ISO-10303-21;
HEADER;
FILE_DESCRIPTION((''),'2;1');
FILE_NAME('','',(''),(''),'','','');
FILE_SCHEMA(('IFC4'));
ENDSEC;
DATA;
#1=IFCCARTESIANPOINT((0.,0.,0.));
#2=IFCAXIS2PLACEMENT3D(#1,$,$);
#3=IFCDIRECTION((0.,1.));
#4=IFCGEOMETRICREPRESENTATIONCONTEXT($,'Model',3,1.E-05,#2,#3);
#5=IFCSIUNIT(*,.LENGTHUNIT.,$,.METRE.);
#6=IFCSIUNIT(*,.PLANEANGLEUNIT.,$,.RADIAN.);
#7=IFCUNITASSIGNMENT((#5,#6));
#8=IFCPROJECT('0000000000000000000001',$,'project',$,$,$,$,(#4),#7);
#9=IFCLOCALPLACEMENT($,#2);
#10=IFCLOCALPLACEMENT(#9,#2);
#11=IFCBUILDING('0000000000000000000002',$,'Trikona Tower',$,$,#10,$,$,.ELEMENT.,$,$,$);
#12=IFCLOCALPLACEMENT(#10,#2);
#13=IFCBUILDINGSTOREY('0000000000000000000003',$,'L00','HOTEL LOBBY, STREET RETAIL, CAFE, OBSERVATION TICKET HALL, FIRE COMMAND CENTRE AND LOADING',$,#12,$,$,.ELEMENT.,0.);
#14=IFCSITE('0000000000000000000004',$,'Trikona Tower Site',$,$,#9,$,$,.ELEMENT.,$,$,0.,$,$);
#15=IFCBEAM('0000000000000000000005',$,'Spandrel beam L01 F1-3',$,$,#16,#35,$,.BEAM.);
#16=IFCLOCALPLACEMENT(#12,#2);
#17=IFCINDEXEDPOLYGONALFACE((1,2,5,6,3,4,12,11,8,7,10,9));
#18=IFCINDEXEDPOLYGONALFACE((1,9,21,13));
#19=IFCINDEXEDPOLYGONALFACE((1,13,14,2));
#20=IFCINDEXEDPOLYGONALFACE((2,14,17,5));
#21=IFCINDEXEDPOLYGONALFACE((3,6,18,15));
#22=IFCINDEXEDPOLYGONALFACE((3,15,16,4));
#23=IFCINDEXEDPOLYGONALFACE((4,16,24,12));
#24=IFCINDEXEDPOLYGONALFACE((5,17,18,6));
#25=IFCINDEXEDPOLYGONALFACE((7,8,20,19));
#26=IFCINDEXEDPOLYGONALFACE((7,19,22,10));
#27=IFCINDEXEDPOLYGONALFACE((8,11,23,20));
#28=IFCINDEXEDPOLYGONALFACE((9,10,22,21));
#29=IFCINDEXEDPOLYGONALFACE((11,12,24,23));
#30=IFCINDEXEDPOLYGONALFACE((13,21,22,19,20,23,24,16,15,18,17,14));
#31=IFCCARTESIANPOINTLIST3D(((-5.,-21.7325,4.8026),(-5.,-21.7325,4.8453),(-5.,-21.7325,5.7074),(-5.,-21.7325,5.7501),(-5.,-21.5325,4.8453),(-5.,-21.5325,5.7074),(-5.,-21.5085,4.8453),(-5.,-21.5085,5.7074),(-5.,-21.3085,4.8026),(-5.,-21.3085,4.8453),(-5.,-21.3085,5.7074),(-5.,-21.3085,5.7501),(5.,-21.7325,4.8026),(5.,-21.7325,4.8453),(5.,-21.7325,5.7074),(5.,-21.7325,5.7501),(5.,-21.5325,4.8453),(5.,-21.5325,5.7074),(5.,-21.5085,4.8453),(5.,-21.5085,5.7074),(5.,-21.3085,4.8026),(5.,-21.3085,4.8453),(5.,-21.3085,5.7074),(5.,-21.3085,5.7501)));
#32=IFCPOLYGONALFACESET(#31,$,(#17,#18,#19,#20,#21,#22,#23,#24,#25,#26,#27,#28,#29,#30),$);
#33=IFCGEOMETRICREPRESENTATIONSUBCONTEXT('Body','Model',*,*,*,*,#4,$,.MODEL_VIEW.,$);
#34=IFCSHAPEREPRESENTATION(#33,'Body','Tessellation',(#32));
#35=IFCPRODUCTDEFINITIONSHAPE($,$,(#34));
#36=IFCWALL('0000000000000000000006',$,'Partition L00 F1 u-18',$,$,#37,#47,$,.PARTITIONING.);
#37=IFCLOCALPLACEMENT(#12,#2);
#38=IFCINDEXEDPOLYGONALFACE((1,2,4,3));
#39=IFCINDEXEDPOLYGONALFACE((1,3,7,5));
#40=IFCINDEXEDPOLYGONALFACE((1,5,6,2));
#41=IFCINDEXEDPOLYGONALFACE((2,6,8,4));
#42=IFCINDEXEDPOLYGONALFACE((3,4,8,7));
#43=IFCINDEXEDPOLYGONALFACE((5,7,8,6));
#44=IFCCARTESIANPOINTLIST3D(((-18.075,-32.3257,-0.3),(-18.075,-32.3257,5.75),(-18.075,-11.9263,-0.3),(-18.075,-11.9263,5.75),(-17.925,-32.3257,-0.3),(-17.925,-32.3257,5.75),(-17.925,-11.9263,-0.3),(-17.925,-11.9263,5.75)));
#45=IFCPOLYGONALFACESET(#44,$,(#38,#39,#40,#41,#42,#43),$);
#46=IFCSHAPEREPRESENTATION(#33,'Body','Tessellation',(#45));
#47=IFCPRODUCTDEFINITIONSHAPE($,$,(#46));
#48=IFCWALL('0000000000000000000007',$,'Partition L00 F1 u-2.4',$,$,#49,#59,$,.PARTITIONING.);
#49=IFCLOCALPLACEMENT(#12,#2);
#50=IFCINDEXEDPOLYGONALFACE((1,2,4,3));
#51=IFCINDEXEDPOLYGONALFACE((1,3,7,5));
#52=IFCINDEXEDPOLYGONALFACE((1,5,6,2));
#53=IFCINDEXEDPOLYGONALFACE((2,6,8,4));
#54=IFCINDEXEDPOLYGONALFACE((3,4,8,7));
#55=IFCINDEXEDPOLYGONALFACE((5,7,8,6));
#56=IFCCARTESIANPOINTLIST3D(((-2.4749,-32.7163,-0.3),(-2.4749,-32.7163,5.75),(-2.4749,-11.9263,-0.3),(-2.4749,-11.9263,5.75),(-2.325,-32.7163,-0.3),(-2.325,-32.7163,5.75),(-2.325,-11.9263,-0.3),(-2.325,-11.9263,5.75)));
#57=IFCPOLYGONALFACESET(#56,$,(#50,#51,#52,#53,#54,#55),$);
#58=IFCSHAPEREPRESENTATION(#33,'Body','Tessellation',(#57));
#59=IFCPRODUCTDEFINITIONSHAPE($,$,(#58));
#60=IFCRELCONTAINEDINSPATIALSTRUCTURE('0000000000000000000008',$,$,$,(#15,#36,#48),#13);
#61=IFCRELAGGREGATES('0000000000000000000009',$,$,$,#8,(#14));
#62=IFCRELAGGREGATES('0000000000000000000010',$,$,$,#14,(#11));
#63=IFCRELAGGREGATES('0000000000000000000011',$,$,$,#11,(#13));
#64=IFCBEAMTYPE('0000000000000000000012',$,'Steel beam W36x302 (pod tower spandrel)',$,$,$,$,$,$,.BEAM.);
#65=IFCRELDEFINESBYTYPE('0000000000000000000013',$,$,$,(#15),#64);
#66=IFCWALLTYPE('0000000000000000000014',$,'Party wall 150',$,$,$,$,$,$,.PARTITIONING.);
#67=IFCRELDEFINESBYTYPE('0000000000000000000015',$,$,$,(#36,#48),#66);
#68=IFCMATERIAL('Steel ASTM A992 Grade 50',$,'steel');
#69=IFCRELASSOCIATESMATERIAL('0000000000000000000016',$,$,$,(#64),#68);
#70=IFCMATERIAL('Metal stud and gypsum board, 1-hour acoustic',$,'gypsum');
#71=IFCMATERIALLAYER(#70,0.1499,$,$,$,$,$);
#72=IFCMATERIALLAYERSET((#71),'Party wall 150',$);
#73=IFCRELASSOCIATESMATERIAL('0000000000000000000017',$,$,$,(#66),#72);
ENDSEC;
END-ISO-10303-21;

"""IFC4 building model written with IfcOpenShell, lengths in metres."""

from ifc_helpers import new_model, si_unit, direction, frame, frame_2d, origin, origin_2d, place, context, subcontext, project, spatial, rectangle, i_section, extrude, material, layer, layer_set, material_profile, profile_set, type_object, element, save


model = new_model("IFC4")

# Units and contexts
model_context = context("Model", 3, precision=1e-05, world=origin(), true_north=direction((0.0, 1.0)))
body_context = subcontext(model_context, "Body", "Model", "MODEL_VIEW")
ifc_project = project(units=[si_unit("LENGTHUNIT", "METRE"), si_unit("PLANEANGLEUNIT", "RADIAN")], contexts=[model_context])

# Site, building, storey
site_placement = place(None, origin())
site = spatial("IfcSite", under=ifc_project, at=site_placement, Name="Trikona Tower Site", CompositionType="ELEMENT", RefElevation=0.0)
building_placement = place(site_placement, origin())
building = spatial("IfcBuilding", under=site, at=building_placement, Name="Trikona Tower", CompositionType="ELEMENT")
storey_placement = place(building_placement, origin())
storey = spatial("IfcBuildingStorey", under=building, at=storey_placement, Name="L00", Description="HOTEL LOBBY, STREET RETAIL, CAFE, OBSERVATION TICKET HALL, FIRE COMMAND CENTRE AND LOADING", CompositionType="ELEMENT", Elevation=0.0)

# Beam
ifc_material_1 = material(Name="Steel ASTM A992 Grade 50", Category="steel")
ifc_material_profile_1 = material_profile(ifc_material_1, i_section(OverallWidth=0.4241, OverallDepth=0.9475, WebThickness=0.0239, FlangeThickness=0.0427, at=origin_2d()), Name="W36X302")
ifc_profile_set_1 = profile_set([ifc_material_profile_1], Name="Steel ASTM A992 Grade 50")
beam_type_1 = type_object("IfcBeamType", Name="Steel beam W36x302 (pod tower spandrel)", PredefinedType="BEAM", material=ifc_profile_set_1)
beam_1_placement = place(storey_placement, frame((-5.0, -21.5205, 5.2764), z_axis=(1.0, 0.0, 0.0), x_axis=(0.0, 1.0, 0.0)))
element("IfcBeam", 1, at=beam_1_placement, inside=storey, type_object=beam_type_1, Name="Spandrel beam L01 F1-3", PredefinedType="BEAM", context=body_context, shape_type="SweptSolid", body=[
    extrude(i_section(OverallWidth=0.4241, OverallDepth=0.9475, WebThickness=0.0239, FlangeThickness=0.0427, at=origin_2d()), origin(), (0.0, 0.0, 1.0), 10.0),
])

# Walls
ifc_material_2 = material(Name="Metal stud and gypsum board, 1-hour acoustic", Category="gypsum")
ifc_layer = layer(ifc_material_2, 0.1499)
ifc_layer_set = layer_set([ifc_layer], Name="Party wall 150")
wall_type = type_object("IfcWallType", Name="Party wall 150", PredefinedType="PARTITIONING", material=ifc_layer_set)
wall_1_placement = place(storey_placement, frame((-18.0, -11.9263, -0.3), z_axis=(0.0, 0.0, 1.0), x_axis=(0.0, -1.0, 0.0)))
element("IfcWall", 2, at=wall_1_placement, inside=storey, type_object=wall_type, Name="Partition L00 F1 u-18", PredefinedType="PARTITIONING", context=body_context, shape_type="SweptSolid", body=[
    extrude(rectangle(XDim=20.3994, YDim=0.1499, at=frame_2d((10.1997, 0.0))), origin(), (0.0, 0.0, 1.0), 6.05),
])
wall_2_placement = place(storey_placement, frame((-2.3999, -11.9263, -0.3), z_axis=(0.0, 0.0, 1.0), x_axis=(0.0, -1.0, 0.0)))
element("IfcWall", 3, at=wall_2_placement, inside=storey, type_object=wall_type, Name="Partition L00 F1 u-2.4", PredefinedType="PARTITIONING", context=body_context, shape_type="SweptSolid", body=[
    extrude(rectangle(XDim=20.79, YDim=0.1499, at=frame_2d((10.395, 0.0))), origin(), (0.0, 0.0, 1.0), 6.05),
])

save(model, "model.ifc")
